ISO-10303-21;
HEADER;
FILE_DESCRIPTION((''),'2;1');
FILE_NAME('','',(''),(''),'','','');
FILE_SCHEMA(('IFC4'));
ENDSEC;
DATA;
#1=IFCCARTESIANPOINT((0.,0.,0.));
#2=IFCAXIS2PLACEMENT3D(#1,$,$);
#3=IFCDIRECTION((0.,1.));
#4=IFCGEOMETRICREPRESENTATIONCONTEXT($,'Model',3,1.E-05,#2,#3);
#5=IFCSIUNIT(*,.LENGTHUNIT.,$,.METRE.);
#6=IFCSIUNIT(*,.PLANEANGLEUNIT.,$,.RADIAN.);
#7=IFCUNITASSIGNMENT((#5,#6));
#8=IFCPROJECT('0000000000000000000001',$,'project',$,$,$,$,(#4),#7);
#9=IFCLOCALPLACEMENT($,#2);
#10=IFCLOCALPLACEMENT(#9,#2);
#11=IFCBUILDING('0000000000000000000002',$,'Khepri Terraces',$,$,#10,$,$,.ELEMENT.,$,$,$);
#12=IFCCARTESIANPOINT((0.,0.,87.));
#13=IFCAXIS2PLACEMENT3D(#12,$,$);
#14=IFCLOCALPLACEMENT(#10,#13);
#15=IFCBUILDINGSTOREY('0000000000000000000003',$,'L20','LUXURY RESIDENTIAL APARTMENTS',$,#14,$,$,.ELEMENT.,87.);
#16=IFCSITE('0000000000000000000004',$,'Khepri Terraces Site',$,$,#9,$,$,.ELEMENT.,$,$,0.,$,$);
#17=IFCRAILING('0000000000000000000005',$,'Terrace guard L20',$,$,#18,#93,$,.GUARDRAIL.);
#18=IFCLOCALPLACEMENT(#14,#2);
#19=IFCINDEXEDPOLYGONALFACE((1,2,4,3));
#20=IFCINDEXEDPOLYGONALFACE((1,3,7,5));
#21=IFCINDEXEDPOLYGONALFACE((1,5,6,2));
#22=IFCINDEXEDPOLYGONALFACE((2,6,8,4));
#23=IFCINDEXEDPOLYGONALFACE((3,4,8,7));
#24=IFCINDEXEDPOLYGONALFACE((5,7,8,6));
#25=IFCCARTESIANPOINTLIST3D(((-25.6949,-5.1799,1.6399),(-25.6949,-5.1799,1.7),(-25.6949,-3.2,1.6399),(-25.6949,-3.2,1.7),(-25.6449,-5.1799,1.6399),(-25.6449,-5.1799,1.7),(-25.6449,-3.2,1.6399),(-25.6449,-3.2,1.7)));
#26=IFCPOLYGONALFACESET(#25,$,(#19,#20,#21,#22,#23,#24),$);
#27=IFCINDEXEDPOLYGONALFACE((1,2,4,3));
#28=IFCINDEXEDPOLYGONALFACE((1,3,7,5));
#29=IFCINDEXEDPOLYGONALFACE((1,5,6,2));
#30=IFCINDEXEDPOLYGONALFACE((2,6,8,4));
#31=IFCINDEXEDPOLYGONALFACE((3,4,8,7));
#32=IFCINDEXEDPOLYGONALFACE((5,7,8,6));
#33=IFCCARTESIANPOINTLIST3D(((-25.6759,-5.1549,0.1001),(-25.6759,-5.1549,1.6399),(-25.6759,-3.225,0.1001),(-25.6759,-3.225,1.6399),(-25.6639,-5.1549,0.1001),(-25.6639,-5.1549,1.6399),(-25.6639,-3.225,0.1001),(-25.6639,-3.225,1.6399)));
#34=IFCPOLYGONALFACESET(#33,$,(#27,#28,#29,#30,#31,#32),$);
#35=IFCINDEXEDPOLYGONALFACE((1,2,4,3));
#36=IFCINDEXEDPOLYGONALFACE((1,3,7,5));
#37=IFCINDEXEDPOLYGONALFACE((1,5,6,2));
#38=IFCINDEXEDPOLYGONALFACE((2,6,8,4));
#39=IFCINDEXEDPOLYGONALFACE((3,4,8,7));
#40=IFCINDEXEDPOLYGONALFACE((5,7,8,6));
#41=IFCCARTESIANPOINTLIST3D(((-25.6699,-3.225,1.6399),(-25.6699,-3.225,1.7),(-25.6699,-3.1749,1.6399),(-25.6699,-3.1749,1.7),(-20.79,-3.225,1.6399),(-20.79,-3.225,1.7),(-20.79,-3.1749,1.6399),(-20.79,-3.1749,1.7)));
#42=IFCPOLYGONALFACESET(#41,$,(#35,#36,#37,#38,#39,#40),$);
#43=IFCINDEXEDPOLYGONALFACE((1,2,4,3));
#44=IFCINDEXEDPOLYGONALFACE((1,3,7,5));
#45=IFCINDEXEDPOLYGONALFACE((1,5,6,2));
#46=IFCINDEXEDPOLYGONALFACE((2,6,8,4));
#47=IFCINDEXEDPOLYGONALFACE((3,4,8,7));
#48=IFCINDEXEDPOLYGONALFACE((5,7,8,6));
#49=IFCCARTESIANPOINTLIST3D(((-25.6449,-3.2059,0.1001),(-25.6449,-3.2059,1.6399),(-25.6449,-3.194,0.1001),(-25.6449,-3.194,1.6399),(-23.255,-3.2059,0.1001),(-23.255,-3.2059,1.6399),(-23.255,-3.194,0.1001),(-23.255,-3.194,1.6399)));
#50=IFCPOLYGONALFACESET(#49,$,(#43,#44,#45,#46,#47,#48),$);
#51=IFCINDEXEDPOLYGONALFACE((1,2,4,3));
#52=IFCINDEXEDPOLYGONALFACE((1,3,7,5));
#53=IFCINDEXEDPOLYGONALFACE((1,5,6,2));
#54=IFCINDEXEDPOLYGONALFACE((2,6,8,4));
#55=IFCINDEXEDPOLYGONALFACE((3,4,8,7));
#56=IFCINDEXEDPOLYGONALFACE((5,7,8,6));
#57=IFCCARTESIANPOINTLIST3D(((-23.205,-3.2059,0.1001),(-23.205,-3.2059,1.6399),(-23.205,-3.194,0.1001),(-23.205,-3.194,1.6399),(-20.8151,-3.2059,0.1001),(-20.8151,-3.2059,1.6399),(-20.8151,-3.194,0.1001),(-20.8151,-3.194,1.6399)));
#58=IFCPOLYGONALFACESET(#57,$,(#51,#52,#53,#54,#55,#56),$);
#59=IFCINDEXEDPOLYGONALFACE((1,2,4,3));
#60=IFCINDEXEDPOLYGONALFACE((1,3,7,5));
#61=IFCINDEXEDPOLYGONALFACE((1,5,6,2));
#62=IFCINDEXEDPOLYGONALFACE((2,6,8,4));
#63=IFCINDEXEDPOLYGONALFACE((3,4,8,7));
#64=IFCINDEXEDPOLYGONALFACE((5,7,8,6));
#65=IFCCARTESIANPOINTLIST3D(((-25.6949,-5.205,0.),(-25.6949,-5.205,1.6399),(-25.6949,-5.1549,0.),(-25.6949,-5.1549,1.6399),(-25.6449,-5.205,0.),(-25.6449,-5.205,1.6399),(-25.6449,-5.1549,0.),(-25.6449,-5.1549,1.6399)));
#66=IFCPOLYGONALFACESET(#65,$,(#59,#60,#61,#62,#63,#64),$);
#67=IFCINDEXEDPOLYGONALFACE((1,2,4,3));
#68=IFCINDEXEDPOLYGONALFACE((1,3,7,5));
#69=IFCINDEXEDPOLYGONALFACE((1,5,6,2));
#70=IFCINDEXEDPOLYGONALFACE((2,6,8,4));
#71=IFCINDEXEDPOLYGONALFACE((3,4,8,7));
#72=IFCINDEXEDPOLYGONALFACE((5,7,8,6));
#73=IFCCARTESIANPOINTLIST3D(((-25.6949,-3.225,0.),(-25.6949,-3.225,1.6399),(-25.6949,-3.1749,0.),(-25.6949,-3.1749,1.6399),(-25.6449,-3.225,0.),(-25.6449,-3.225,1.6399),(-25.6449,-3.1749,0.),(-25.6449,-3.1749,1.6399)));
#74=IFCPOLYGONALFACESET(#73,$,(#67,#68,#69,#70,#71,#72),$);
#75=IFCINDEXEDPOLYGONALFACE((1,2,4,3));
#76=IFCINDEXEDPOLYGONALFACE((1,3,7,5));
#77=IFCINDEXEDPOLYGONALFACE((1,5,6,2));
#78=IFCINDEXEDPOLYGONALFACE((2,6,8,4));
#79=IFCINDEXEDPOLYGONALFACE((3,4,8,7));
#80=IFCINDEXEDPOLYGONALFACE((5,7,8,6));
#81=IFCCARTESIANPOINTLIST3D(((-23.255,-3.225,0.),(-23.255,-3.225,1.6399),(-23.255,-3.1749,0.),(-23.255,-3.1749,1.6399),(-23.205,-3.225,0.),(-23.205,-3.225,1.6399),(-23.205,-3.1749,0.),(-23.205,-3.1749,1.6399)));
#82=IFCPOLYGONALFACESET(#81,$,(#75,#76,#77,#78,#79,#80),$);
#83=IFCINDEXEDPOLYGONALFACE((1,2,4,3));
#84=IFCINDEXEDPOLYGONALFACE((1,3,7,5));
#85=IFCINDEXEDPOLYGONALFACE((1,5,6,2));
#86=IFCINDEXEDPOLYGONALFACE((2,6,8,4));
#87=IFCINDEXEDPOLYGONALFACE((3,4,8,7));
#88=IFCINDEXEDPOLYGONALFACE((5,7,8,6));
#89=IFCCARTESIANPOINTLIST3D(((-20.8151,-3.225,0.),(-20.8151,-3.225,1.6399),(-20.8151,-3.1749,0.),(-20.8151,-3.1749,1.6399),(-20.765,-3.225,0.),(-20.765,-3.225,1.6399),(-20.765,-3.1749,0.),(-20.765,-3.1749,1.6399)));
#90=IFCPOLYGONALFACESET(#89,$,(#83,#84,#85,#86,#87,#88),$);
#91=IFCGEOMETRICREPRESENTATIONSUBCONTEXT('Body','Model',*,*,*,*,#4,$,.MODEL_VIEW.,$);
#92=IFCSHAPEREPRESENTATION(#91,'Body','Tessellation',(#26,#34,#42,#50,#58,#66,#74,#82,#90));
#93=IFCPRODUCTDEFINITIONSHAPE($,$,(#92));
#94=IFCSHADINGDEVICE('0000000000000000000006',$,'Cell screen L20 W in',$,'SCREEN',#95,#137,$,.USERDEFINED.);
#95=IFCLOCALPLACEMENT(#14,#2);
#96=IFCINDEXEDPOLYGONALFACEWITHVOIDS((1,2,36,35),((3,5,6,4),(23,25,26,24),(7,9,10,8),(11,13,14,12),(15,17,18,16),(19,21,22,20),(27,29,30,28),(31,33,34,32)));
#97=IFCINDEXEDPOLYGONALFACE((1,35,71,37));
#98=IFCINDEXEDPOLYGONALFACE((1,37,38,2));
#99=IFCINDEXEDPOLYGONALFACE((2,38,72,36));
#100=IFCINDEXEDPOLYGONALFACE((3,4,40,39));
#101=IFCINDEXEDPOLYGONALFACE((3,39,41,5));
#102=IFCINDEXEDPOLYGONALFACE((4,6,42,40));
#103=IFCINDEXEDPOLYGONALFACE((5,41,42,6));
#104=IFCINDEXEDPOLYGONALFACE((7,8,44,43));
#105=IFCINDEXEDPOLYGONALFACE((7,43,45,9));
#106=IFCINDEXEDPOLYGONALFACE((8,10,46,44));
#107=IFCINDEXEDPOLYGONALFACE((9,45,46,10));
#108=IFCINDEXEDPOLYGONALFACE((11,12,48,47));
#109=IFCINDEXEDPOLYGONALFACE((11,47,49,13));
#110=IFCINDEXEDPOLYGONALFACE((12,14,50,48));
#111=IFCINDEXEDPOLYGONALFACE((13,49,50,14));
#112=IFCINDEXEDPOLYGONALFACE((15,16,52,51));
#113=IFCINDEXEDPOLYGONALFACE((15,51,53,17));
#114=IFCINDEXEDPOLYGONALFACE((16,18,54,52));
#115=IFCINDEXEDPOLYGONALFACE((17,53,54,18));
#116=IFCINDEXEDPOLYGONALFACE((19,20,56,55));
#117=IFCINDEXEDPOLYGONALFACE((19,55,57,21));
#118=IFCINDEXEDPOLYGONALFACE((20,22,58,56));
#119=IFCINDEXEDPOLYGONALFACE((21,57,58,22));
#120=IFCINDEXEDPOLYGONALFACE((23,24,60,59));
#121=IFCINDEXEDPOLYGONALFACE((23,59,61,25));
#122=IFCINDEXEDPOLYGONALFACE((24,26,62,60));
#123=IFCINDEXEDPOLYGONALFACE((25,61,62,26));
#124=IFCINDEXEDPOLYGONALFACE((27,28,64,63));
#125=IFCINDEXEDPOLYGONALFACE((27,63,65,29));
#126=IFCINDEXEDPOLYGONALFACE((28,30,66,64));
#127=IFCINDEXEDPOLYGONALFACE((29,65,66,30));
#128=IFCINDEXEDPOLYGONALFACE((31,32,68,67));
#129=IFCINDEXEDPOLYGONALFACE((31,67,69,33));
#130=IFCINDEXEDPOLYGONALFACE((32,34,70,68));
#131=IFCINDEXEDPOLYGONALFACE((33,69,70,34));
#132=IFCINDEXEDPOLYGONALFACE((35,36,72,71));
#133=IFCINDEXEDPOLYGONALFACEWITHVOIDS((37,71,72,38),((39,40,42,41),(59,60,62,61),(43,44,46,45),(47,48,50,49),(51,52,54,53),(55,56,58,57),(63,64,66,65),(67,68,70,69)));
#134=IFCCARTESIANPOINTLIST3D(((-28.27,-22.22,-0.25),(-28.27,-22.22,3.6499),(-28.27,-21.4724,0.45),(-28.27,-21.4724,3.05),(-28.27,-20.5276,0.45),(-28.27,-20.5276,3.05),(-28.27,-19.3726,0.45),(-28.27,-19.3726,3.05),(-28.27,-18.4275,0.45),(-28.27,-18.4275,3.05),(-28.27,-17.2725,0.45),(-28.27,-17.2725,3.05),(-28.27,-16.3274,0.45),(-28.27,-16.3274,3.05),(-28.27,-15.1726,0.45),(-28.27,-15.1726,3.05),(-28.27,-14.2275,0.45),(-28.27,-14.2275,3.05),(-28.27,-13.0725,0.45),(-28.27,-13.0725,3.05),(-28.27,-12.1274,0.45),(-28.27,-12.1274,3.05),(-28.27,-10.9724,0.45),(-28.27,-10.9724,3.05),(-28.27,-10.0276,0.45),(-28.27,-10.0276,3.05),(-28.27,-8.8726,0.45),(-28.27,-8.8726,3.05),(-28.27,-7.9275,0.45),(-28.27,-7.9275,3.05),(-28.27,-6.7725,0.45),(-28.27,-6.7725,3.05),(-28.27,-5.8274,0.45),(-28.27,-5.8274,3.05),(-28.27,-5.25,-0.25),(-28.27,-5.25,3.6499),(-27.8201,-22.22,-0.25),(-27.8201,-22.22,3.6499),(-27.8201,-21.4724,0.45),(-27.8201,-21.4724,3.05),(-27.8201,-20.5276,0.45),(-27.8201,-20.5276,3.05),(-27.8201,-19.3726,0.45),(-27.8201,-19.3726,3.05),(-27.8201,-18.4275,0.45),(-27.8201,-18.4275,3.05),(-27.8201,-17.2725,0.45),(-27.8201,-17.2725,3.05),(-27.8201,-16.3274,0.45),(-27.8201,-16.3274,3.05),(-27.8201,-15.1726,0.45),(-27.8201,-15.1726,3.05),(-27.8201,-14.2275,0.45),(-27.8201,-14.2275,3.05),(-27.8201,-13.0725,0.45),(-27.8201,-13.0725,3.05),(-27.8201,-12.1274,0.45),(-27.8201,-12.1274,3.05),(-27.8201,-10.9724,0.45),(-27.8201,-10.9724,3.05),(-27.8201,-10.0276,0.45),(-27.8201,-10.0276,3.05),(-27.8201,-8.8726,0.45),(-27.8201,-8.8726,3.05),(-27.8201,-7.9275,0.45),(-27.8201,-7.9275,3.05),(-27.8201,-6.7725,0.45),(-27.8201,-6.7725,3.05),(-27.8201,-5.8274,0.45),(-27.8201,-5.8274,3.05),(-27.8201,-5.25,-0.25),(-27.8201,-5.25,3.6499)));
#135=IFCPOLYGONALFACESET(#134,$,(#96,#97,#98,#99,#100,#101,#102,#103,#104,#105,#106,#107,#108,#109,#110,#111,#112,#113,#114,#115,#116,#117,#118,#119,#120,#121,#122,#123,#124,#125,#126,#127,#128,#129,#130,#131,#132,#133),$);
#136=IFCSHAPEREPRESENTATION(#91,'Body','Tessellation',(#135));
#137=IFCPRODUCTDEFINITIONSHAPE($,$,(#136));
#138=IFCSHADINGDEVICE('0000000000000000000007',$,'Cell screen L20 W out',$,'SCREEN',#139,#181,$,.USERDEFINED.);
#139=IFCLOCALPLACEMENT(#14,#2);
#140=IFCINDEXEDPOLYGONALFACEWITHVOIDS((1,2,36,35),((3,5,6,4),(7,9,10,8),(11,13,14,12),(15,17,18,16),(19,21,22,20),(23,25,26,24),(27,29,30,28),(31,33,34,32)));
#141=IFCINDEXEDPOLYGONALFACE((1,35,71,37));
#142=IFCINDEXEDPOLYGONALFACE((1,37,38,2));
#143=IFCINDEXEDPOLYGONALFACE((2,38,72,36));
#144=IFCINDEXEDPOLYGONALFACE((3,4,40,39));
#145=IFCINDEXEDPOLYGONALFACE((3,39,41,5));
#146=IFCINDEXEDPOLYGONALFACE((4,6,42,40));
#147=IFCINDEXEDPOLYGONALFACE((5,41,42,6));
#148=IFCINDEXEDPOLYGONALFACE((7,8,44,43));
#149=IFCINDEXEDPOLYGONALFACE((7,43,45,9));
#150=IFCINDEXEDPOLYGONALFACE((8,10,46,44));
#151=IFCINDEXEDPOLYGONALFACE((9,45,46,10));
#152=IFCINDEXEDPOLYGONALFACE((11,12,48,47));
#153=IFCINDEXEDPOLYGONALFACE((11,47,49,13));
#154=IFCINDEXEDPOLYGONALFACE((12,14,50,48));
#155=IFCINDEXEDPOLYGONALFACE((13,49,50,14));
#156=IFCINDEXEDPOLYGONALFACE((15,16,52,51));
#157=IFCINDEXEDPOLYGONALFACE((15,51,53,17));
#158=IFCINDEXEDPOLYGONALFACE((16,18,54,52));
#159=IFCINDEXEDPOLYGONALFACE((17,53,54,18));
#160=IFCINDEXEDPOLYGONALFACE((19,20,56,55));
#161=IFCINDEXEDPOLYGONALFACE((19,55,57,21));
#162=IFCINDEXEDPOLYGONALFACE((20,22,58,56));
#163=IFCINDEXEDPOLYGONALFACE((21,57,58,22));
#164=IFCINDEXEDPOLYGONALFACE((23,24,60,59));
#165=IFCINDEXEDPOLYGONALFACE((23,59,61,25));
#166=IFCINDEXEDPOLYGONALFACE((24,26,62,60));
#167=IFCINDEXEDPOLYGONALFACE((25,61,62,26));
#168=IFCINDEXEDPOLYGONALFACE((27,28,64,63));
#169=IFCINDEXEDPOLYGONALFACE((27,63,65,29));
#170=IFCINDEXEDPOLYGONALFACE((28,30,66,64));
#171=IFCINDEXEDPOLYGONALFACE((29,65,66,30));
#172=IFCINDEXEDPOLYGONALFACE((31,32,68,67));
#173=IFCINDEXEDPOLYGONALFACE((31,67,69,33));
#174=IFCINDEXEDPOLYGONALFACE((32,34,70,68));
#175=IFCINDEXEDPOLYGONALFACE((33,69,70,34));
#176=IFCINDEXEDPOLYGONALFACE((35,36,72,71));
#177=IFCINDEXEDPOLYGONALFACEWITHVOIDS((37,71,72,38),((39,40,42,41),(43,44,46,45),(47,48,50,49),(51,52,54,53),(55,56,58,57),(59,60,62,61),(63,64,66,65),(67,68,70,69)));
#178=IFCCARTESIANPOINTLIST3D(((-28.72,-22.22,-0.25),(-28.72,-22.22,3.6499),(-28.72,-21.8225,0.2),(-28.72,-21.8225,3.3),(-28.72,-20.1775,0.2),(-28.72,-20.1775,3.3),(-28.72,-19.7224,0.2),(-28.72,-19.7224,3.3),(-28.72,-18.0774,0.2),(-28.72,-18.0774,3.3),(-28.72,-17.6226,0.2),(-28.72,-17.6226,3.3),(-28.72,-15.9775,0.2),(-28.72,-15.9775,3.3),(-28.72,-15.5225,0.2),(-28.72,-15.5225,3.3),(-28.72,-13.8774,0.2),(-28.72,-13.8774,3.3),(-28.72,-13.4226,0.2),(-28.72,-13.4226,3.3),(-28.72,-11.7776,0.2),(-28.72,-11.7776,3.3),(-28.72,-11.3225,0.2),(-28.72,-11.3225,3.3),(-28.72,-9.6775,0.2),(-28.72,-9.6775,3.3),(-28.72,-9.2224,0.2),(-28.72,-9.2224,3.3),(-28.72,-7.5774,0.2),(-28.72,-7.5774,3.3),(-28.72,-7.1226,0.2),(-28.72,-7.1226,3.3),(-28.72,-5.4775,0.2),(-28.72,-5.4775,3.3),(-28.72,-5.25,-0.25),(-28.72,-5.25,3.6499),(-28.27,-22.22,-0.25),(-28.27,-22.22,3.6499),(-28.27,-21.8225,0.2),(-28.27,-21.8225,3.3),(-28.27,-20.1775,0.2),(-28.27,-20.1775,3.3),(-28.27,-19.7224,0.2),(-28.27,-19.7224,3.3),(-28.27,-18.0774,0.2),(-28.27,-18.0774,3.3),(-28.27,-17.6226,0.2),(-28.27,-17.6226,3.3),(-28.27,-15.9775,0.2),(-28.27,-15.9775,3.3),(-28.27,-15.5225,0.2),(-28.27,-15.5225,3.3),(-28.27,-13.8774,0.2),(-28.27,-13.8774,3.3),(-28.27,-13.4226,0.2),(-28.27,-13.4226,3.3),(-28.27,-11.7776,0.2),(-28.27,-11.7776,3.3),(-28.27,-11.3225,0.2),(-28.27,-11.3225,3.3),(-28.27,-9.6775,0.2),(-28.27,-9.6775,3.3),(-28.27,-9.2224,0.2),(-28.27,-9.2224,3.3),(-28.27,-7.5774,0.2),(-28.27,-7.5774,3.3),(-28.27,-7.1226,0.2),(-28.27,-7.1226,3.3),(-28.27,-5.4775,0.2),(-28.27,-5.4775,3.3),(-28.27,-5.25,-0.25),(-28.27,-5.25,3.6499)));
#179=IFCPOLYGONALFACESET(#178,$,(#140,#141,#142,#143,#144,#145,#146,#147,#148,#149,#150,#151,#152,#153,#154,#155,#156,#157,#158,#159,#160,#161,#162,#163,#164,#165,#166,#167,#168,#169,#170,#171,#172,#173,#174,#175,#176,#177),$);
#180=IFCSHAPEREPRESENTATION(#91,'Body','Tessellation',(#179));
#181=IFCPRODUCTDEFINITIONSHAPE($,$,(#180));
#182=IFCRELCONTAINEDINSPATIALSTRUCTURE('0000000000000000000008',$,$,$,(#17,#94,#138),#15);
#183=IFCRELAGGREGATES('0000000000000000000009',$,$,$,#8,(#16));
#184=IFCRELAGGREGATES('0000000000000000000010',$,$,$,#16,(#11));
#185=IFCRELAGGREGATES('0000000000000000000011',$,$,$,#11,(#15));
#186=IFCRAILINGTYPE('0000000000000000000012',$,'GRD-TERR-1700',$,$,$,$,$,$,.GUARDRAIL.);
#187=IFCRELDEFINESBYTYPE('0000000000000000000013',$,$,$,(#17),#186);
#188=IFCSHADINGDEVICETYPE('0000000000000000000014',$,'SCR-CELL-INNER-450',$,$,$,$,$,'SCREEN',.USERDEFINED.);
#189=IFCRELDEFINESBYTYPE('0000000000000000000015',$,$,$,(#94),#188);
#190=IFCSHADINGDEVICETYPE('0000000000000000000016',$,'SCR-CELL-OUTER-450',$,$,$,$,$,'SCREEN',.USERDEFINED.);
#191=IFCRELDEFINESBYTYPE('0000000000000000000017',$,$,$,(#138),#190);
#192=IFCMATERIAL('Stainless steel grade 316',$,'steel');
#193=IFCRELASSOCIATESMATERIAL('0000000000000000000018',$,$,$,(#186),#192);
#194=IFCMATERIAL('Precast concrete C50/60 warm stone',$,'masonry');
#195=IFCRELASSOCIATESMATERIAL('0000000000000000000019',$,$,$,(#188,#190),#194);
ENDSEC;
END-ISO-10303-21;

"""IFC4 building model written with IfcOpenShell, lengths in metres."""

from ifc_helpers import new_model, si_unit, direction, frame, origin, origin_2d, place, context, subcontext, project, spatial, polyline, rectangle, outline, extrude, material, type_object, element, save


model = new_model("IFC4")

# Units and contexts
model_context = context("Model", 3, precision=1e-05, world=origin(), true_north=direction((0.0, 1.0)))
body_context = subcontext(model_context, "Body", "Model", "MODEL_VIEW")
ifc_project = project(units=[si_unit("LENGTHUNIT", "METRE"), si_unit("PLANEANGLEUNIT", "RADIAN")], contexts=[model_context])

# Site, building, storey
site_placement = place(None, origin())
site = spatial("IfcSite", under=ifc_project, at=site_placement, Name="Khepri Terraces Site", CompositionType="ELEMENT", RefElevation=0.0)
building_placement = place(site_placement, origin())
building = spatial("IfcBuilding", under=site, at=building_placement, Name="Khepri Terraces", CompositionType="ELEMENT")
storey_placement = place(building_placement, frame((0.0, 0.0, 87.0)))
storey = spatial("IfcBuildingStorey", under=building, at=storey_placement, Name="L20", Description="LUXURY RESIDENTIAL APARTMENTS", CompositionType="ELEMENT", Elevation=87.0)

# Shared definitions
ifc_material_1 = material(Name="Precast concrete C50/60 warm stone", Category="masonry")

# Railing
ifc_material_2 = material(Name="Stainless steel grade 316", Category="steel")
railing_type_1 = type_object("IfcRailingType", Name="GRD-TERR-1700", PredefinedType="GUARDRAIL", material=ifc_material_2)
railing_1_placement = place(storey_placement, frame((-25.6699, -5.1799, 0.0)))
element("IfcRailing", 1, at=railing_1_placement, inside=storey, type_object=railing_type_1, Name="Terrace guard L20", PredefinedType="GUARDRAIL", context=body_context, shape_type="SweptSolid", body=[
    extrude(rectangle(XDim=0.05, YDim=0.0601, at=origin_2d()), frame((0.0, 0.0, 1.6699), z_axis=(0.0, 1.0, 0.0), x_axis=(-1.0, 0.0, 0.0)), (0.0, 0.0, 1.0), 1.98),
    extrude(rectangle(XDim=1.9299, YDim=0.012, at=origin_2d()), frame((0.0, 0.99, 0.1001), z_axis=(0.0, 0.0, 1.0), x_axis=(0.0, 1.0, 0.0)), (0.0, 0.0, 1.0), 1.5398),
    extrude(rectangle(XDim=0.05, YDim=0.0601, at=origin_2d()), frame((0.0, 1.98, 1.6699), z_axis=(1.0, 0.0, 0.0), x_axis=(0.0, 1.0, 0.0)), (0.0, 0.0, 1.0), 4.8799),
    extrude(rectangle(XDim=2.3899, YDim=0.012, at=origin_2d()), frame((1.22, 1.98, 0.1001), z_axis=(0.0, 0.0, 1.0), x_axis=(1.0, 0.0, 0.0)), (0.0, 0.0, 1.0), 1.5398),
    extrude(rectangle(XDim=2.3899, YDim=0.012, at=origin_2d()), frame((3.6599, 1.98, 0.1001), z_axis=(0.0, 0.0, 1.0), x_axis=(1.0, 0.0, 0.0)), (0.0, 0.0, 1.0), 1.5398),
    extrude(rectangle(XDim=0.05, YDim=0.05, at=origin_2d()), origin(), (0.0, 0.0, 1.0), 1.6399),
    extrude(rectangle(XDim=0.05, YDim=0.05, at=origin_2d()), frame((0.0, 1.98, 0.0)), (0.0, 0.0, 1.0), 1.6399),
    extrude(rectangle(XDim=0.05, YDim=0.05, at=origin_2d()), frame((2.4399, 1.98, 0.0)), (0.0, 0.0, 1.0), 1.6399),
    extrude(rectangle(XDim=0.05, YDim=0.05, at=origin_2d()), frame((4.8799, 1.98, 0.0)), (0.0, 0.0, 1.0), 1.6399),
])

# Shading devices
shading_device_type_1 = type_object("IfcShadingDeviceType", Name="SCR-CELL-INNER-450", ElementType="SCREEN", PredefinedType="USERDEFINED", material=ifc_material_1)
shading_device_1_placement = place(storey_placement, frame((-27.8201, -5.25, -0.25), z_axis=(-1.0, 0.0, 0.0), x_axis=(0.0, -1.0, 0.0)))
element("IfcShadingDevice", 2, at=shading_device_1_placement, inside=storey, type_object=shading_device_type_1, Name="Cell screen L20 W in", ObjectType="SCREEN", PredefinedType="USERDEFINED", context=body_context, shape_type="SweptSolid", body=[
    extrude(outline(polyline([(0.0, 0.0), (16.97, 0.0), (16.97, 3.8999), (0.0, 3.8999), (0.0, 0.0)]), holes=[polyline([(0.5774, 0.7), (1.5225, 0.7), (1.5225, 3.3), (0.5774, 3.3), (0.5774, 0.7)]), polyline([(2.6775, 0.7), (3.6226, 0.7), (3.6226, 3.3), (2.6775, 3.3), (2.6775, 0.7)]), polyline([(4.7776, 0.7), (5.7224, 0.7), (5.7224, 3.3), (4.7776, 3.3), (4.7776, 0.7)]), polyline([(6.8774, 0.7), (7.8225, 0.7), (7.8225, 3.3), (6.8774, 3.3), (6.8774, 0.7)]), polyline([(8.9775, 0.7), (9.9226, 0.7), (9.9226, 3.3), (8.9775, 3.3), (8.9775, 0.7)]), polyline([(11.0774, 0.7), (12.0225, 0.7), (12.0225, 3.3), (11.0774, 3.3), (11.0774, 0.7)]), polyline([(13.1775, 0.7), (14.1226, 0.7), (14.1226, 3.3), (13.1775, 3.3), (13.1775, 0.7)]), polyline([(15.2776, 0.7), (16.2224, 0.7), (16.2224, 3.3), (15.2776, 3.3), (15.2776, 0.7)])]), origin(), (0.0, 0.0, 1.0), 0.45),
])
shading_device_type_2 = type_object("IfcShadingDeviceType", Name="SCR-CELL-OUTER-450", ElementType="SCREEN", PredefinedType="USERDEFINED", material=ifc_material_1)
shading_device_2_placement = place(storey_placement, frame((-28.27, -5.25, -0.25), z_axis=(-1.0, 0.0, 0.0), x_axis=(0.0, -1.0, 0.0)))
element("IfcShadingDevice", 3, at=shading_device_2_placement, inside=storey, type_object=shading_device_type_2, Name="Cell screen L20 W out", ObjectType="SCREEN", PredefinedType="USERDEFINED", context=body_context, shape_type="SweptSolid", body=[
    extrude(outline(polyline([(0.0, 0.0), (16.97, 0.0), (16.97, 3.8999), (0.0, 3.8999), (0.0, 0.0)]), holes=[polyline([(0.2275, 0.45), (1.8726, 0.45), (1.8726, 3.55), (0.2275, 3.55), (0.2275, 0.45)]), polyline([(2.3274, 0.45), (3.9724, 0.45), (3.9724, 3.55), (2.3274, 3.55), (2.3274, 0.45)]), polyline([(4.4275, 0.45), (6.0725, 0.45), (6.0725, 3.55), (4.4275, 3.55), (4.4275, 0.45)]), polyline([(6.5276, 0.45), (8.1726, 0.45), (8.1726, 3.55), (6.5276, 3.55), (6.5276, 0.45)]), polyline([(8.6274, 0.45), (10.2725, 0.45), (10.2725, 3.55), (8.6274, 3.55), (8.6274, 0.45)]), polyline([(10.7275, 0.45), (12.3726, 0.45), (12.3726, 3.55), (10.7275, 3.55), (10.7275, 0.45)]), polyline([(12.8274, 0.45), (14.4724, 0.45), (14.4724, 3.55), (12.8274, 3.55), (12.8274, 0.45)]), polyline([(14.9275, 0.45), (16.5725, 0.45), (16.5725, 3.55), (14.9275, 3.55), (14.9275, 0.45)])]), origin(), (0.0, 0.0, 1.0), 0.45),
])

save(model, "model.ifc")
